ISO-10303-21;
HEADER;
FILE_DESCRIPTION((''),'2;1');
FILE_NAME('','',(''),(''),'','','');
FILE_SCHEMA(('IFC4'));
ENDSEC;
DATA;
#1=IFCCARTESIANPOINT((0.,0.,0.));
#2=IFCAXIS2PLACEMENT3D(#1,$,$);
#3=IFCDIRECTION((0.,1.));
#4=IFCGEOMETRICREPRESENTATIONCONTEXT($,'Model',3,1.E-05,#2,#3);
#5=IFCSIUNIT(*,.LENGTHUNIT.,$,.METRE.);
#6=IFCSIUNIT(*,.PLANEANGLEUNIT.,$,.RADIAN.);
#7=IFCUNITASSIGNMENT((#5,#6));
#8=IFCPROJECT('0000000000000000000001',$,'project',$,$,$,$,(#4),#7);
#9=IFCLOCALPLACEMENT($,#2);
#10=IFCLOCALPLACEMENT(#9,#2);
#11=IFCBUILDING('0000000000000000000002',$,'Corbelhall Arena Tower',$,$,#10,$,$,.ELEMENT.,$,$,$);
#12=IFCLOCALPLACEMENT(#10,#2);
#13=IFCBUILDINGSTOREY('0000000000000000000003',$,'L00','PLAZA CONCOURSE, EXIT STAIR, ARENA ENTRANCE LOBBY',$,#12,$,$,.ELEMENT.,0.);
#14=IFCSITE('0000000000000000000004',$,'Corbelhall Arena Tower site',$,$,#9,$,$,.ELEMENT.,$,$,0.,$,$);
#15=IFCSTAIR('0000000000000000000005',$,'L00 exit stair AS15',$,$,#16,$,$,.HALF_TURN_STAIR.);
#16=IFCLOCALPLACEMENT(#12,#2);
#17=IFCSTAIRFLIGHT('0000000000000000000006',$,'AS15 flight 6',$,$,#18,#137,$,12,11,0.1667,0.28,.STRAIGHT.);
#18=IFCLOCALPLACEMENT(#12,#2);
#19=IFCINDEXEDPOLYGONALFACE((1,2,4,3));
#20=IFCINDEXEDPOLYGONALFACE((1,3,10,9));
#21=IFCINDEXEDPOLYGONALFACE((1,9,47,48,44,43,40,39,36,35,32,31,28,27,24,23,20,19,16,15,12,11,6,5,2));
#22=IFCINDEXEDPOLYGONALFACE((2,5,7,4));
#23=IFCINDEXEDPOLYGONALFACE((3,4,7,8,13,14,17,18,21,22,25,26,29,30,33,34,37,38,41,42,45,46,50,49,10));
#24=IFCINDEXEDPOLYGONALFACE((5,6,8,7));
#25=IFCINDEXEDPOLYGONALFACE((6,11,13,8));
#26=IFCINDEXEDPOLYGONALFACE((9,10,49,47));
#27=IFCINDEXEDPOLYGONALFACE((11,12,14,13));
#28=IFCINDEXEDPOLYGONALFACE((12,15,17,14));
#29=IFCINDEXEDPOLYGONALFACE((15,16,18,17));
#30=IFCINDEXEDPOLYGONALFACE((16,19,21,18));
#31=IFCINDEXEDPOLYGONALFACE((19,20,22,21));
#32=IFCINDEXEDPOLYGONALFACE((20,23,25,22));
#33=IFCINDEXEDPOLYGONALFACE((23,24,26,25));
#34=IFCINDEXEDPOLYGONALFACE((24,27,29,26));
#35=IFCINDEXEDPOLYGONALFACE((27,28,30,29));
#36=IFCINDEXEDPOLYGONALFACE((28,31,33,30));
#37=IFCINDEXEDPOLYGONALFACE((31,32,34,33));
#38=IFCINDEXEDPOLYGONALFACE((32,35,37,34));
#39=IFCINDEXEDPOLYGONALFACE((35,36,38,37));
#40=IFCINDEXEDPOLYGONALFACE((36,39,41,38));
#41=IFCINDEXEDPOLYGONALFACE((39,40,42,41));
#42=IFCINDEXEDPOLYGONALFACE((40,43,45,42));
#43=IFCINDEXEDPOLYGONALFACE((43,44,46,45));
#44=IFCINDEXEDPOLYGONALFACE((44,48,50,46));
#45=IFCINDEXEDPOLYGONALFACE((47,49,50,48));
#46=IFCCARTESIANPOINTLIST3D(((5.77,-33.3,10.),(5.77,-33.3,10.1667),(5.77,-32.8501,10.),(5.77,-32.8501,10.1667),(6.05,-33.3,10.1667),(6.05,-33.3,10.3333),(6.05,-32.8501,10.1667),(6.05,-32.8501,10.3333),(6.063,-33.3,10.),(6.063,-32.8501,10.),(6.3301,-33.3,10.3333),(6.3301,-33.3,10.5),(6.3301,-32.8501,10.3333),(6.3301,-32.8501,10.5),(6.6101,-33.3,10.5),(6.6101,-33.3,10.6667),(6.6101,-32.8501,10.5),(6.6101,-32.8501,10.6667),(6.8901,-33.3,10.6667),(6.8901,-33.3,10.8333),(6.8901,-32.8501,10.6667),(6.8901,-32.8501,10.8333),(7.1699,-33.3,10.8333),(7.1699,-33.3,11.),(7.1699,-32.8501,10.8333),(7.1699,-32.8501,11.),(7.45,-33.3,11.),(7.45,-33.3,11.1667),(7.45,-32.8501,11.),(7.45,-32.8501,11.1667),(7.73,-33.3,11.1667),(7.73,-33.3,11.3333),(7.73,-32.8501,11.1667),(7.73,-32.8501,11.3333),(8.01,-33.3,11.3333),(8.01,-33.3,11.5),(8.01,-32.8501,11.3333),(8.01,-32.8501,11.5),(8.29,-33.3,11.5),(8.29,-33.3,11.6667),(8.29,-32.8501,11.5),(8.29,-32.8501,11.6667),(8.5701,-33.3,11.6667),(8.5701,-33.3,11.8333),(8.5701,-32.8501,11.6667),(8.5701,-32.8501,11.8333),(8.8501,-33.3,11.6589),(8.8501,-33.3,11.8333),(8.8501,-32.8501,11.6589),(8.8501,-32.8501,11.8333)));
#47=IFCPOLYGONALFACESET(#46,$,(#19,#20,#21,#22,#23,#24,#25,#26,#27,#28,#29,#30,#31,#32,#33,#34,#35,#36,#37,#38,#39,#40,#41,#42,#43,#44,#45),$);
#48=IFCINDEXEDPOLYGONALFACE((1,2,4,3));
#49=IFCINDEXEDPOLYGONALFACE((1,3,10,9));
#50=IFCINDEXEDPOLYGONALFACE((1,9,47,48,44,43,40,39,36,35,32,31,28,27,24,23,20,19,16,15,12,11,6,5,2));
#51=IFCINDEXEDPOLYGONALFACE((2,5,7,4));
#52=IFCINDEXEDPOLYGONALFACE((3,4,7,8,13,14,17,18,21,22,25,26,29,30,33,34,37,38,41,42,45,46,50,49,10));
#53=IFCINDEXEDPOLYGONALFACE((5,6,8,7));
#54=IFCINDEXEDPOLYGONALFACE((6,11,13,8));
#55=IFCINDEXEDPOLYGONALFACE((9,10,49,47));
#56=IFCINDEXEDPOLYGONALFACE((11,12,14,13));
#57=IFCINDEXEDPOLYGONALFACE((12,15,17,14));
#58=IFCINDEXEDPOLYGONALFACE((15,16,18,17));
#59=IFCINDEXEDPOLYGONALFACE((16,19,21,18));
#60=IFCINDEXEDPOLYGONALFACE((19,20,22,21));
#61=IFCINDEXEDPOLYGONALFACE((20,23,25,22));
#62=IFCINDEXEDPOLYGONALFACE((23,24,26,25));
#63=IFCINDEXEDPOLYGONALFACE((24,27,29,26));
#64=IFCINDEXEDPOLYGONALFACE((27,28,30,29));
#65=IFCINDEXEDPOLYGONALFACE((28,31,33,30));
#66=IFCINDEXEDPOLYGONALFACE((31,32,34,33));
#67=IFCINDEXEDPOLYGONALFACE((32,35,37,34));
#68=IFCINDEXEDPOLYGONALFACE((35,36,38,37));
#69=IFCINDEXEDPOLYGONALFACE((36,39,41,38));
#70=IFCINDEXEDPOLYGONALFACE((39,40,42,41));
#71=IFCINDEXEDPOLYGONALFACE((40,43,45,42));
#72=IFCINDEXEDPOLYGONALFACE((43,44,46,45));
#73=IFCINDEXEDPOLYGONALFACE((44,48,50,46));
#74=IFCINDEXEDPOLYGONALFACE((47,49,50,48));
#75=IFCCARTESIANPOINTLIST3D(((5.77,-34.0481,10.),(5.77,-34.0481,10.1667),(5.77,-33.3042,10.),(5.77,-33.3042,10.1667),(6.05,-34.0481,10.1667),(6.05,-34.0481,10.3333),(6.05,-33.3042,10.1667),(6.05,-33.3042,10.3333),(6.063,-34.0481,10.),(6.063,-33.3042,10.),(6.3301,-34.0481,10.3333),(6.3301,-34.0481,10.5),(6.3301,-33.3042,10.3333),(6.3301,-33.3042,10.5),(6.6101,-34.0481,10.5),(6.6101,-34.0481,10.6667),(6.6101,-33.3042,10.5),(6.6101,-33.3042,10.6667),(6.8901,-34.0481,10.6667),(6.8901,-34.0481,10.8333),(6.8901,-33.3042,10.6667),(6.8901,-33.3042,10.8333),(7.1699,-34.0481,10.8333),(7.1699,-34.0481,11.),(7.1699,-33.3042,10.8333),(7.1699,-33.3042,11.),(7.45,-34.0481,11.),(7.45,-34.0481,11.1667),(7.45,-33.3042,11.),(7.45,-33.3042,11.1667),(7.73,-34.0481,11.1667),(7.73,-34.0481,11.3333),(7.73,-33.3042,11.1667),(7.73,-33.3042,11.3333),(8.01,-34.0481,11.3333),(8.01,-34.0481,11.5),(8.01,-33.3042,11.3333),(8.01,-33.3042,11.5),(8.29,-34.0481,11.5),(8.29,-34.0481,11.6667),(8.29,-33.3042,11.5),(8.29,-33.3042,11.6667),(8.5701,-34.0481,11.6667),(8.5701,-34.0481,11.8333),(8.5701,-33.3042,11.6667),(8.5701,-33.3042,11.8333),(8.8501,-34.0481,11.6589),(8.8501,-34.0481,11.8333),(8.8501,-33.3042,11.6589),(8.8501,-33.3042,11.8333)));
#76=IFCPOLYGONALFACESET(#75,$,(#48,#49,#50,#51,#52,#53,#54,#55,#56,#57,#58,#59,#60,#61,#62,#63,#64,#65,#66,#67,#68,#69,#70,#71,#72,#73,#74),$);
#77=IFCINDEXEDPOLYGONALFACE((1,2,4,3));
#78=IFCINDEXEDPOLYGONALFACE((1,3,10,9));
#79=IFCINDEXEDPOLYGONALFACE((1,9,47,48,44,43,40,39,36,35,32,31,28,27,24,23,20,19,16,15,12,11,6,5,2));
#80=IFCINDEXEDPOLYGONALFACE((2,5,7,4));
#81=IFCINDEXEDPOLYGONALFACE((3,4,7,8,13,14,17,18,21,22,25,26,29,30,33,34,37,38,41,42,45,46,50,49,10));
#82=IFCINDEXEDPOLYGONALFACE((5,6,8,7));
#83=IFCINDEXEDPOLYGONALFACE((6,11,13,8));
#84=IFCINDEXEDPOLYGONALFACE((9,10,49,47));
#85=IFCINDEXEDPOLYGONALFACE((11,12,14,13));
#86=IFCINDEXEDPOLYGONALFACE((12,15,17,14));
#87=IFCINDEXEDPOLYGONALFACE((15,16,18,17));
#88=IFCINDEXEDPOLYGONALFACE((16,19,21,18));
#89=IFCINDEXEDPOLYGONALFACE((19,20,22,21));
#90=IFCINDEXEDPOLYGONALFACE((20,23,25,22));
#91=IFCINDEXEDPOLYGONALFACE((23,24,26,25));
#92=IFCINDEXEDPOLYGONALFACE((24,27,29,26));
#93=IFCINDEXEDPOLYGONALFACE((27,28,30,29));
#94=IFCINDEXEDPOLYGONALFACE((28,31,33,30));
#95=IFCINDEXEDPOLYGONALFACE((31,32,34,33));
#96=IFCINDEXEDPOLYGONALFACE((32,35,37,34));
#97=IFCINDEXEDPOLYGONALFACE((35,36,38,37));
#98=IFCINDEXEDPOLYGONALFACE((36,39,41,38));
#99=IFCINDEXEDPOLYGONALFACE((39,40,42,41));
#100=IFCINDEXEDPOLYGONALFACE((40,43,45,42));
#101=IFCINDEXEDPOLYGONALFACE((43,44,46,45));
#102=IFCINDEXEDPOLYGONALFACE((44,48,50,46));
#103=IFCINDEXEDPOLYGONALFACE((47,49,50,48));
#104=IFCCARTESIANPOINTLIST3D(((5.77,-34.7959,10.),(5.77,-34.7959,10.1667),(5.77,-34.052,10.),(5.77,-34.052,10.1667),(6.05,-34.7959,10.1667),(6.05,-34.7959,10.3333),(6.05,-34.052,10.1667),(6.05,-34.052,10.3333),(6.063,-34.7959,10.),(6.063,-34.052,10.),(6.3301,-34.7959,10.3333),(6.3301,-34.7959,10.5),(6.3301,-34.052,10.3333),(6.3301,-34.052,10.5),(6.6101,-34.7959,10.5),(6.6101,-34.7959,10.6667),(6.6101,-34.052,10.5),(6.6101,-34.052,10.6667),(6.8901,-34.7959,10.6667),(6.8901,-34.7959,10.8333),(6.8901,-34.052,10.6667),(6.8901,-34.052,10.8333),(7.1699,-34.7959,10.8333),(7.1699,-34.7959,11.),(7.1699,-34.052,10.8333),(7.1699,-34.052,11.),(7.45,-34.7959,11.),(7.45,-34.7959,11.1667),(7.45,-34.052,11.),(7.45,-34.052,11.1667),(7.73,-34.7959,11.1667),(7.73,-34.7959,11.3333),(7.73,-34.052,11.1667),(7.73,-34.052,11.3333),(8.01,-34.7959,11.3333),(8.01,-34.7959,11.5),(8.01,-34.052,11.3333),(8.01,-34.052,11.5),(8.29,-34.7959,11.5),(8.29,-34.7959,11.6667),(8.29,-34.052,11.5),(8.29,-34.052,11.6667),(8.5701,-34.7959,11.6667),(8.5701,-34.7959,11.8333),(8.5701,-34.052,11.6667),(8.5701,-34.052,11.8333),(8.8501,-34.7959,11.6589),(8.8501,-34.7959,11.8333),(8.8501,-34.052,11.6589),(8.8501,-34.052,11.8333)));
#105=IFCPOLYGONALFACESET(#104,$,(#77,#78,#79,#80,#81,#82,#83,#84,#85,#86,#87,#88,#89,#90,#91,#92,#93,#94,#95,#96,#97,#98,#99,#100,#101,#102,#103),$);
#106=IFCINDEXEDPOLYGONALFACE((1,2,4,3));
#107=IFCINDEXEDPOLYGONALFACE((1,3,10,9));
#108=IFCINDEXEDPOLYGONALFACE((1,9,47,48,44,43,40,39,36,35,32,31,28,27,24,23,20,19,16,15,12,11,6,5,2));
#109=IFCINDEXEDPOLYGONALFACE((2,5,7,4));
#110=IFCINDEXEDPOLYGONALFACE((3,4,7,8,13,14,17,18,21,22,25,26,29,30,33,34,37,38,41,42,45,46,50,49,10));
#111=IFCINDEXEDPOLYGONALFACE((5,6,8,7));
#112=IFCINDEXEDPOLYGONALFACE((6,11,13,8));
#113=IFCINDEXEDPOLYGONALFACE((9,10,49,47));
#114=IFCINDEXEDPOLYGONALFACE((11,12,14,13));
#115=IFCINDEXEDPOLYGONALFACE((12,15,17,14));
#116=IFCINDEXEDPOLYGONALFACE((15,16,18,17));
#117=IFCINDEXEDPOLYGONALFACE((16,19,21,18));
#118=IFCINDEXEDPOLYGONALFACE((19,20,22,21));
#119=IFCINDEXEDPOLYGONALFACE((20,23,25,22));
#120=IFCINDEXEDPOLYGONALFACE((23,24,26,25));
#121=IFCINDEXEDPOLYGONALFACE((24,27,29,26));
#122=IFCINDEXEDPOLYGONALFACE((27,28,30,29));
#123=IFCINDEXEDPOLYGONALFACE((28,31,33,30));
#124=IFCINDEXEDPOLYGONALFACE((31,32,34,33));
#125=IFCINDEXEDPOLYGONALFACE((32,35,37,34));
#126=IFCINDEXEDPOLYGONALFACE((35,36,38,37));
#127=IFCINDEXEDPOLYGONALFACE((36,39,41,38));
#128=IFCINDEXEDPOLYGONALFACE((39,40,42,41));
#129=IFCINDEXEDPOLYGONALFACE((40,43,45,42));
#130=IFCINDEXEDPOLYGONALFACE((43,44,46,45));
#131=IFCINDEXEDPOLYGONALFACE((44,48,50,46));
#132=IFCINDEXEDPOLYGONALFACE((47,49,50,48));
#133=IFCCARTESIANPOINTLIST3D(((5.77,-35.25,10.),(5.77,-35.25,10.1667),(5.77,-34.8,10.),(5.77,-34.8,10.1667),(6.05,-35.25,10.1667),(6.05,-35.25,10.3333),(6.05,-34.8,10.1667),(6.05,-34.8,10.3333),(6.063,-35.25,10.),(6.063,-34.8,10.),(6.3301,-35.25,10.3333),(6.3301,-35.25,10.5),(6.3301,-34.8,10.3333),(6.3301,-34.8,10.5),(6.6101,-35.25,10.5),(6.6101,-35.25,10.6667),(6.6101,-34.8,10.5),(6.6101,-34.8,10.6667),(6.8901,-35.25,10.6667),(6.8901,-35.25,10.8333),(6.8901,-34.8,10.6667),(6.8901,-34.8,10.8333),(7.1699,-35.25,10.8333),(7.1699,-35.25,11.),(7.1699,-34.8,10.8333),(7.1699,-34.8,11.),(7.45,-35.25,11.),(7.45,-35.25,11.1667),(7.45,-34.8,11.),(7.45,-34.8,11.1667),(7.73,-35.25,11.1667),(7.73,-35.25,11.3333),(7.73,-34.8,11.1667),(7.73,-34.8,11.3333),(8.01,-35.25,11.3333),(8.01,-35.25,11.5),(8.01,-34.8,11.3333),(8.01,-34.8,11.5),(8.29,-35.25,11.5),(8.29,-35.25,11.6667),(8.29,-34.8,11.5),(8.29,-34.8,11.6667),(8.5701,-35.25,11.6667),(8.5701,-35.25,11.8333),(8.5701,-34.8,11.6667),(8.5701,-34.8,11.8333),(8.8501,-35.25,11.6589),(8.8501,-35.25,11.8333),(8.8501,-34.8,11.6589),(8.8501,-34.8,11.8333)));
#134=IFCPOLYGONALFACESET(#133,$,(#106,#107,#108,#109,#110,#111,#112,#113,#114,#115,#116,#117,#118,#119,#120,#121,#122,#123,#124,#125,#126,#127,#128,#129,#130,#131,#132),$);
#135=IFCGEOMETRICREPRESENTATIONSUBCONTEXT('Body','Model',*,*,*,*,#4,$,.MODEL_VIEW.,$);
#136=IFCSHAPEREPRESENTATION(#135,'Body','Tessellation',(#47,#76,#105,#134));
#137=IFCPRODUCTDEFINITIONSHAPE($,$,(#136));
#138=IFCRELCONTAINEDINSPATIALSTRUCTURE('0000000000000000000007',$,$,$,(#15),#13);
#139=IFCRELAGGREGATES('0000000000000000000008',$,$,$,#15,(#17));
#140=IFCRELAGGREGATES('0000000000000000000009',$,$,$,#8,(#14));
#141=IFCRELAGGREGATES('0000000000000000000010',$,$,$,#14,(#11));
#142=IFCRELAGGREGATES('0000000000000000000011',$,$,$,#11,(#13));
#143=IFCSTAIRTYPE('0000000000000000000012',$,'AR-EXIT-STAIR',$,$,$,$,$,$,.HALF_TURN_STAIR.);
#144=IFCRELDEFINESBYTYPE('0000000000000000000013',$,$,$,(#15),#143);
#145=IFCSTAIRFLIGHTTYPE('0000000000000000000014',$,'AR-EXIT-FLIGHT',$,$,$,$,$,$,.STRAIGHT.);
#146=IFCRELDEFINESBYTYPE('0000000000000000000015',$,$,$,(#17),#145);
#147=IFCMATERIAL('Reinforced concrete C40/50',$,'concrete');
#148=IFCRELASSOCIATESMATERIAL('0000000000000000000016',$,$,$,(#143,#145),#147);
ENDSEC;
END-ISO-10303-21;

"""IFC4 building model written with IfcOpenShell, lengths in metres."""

from ifc_helpers import new_model, si_unit, direction, frame, origin, place, context, subcontext, project, spatial, polyline, outline, extrude, material, type_object, element, aggregate, save


model = new_model("IFC4")

# Units and contexts
model_context = context("Model", 3, precision=1e-05, world=origin(), true_north=direction((0.0, 1.0)))
body_context = subcontext(model_context, "Body", "Model", "MODEL_VIEW")
ifc_project = project(units=[si_unit("LENGTHUNIT", "METRE"), si_unit("PLANEANGLEUNIT", "RADIAN")], contexts=[model_context])

# Site, building, storey
site_placement = place(None, origin())
site = spatial("IfcSite", under=ifc_project, at=site_placement, Name="Corbelhall Arena Tower site", CompositionType="ELEMENT", RefElevation=0.0)
building_placement = place(site_placement, origin())
building = spatial("IfcBuilding", under=site, at=building_placement, Name="Corbelhall Arena Tower", CompositionType="ELEMENT")
storey_placement = place(building_placement, origin())
storey = spatial("IfcBuildingStorey", under=building, at=storey_placement, Name="L00", Description="PLAZA CONCOURSE, EXIT STAIR, ARENA ENTRANCE LOBBY", CompositionType="ELEMENT", Elevation=0.0)

# Shared definitions
ifc_material_1 = material(Name="Reinforced concrete C40/50", Category="concrete")

# Stair, stair flight
stair_type = type_object("IfcStairType", Name="AR-EXIT-STAIR", PredefinedType="HALF_TURN_STAIR", material=ifc_material_1)
stair_1_placement = place(storey_placement, origin())
stair_1 = element("IfcStair", 1, at=stair_1_placement, inside=storey, type_object=stair_type, Name="L00 exit stair AS15", PredefinedType="HALF_TURN_STAIR")
stair_flight_type = type_object("IfcStairFlightType", Name="AR-EXIT-FLIGHT", PredefinedType="STRAIGHT", material=ifc_material_1)
stair_flight_1_placement = place(storey_placement, frame((5.77, -34.05, 10.0), z_axis=(0.0, 0.0, 1.0), x_axis=(1.0, 0.0, 0.0)))
stair_flight_1 = element("IfcStairFlight", 2, at=stair_flight_1_placement, type_object=stair_flight_type, Name="AS15 flight 6", NumberOfRisers=12, NumberOfTreads=11, PredefinedType="STRAIGHT", RiserHeight=0.1667, TreadLength=0.28, context=body_context, shape_type="SweptSolid", body=[
    extrude(outline(polyline([(0.0, 0.0), (0.0, 0.1667), (0.28, 0.1667), (0.28, 0.3333), (0.5601, 0.3333), (0.5601, 0.5), (0.8401, 0.5), (0.8401, 0.6667), (1.1201, 0.6667), (1.1201, 0.8333), (1.3999, 0.8333), (1.3999, 1.0), (1.6799, 1.0), (1.6799, 1.1667), (1.96, 1.1667), (1.96, 1.3333), (2.24, 1.3333), (2.24, 1.5), (2.52, 1.5), (2.52, 1.6667), (2.8, 1.6667), (2.8, 1.8333), (3.0801, 1.8333), (3.0801, 2.0), (3.0801, 1.6589), (0.293, 0.0), (0.0, 0.0)])), frame((0.0, 1.2, 0.0), z_axis=(0.0, -1.0, 0.0), x_axis=(1.0, 0.0, 0.0)), (0.0, 0.0, 1.0), 0.45),
    extrude(outline(polyline([(0.0, 0.0), (0.0, 0.1667), (0.28, 0.1667), (0.28, 0.3333), (0.5601, 0.3333), (0.5601, 0.5), (0.8401, 0.5), (0.8401, 0.6667), (1.1201, 0.6667), (1.1201, 0.8333), (1.3999, 0.8333), (1.3999, 1.0), (1.6799, 1.0), (1.6799, 1.1667), (1.96, 1.1667), (1.96, 1.3333), (2.24, 1.3333), (2.24, 1.5), (2.52, 1.5), (2.52, 1.6667), (2.8, 1.6667), (2.8, 1.8333), (3.0801, 1.8333), (3.0801, 2.0), (3.0801, 1.6589), (0.293, 0.0), (0.0, 0.0)])), frame((0.0, 0.7458, 0.0), z_axis=(0.0, -1.0, 0.0), x_axis=(1.0, 0.0, 0.0)), (0.0, 0.0, 1.0), 0.7439),
    extrude(outline(polyline([(0.0, 0.0), (0.0, 0.1667), (0.28, 0.1667), (0.28, 0.3333), (0.5601, 0.3333), (0.5601, 0.5), (0.8401, 0.5), (0.8401, 0.6667), (1.1201, 0.6667), (1.1201, 0.8333), (1.3999, 0.8333), (1.3999, 1.0), (1.6799, 1.0), (1.6799, 1.1667), (1.96, 1.1667), (1.96, 1.3333), (2.24, 1.3333), (2.24, 1.5), (2.52, 1.5), (2.52, 1.6667), (2.8, 1.6667), (2.8, 1.8333), (3.0801, 1.8333), (3.0801, 2.0), (3.0801, 1.6589), (0.293, 0.0), (0.0, 0.0)])), frame((0.0, -0.002, 0.0), z_axis=(0.0, -1.0, 0.0), x_axis=(1.0, 0.0, 0.0)), (0.0, 0.0, 1.0), 0.7439),
    extrude(outline(polyline([(0.0, 0.0), (0.0, 0.1667), (0.28, 0.1667), (0.28, 0.3333), (0.5601, 0.3333), (0.5601, 0.5), (0.8401, 0.5), (0.8401, 0.6667), (1.1201, 0.6667), (1.1201, 0.8333), (1.3999, 0.8333), (1.3999, 1.0), (1.6799, 1.0), (1.6799, 1.1667), (1.96, 1.1667), (1.96, 1.3333), (2.24, 1.3333), (2.24, 1.5), (2.52, 1.5), (2.52, 1.6667), (2.8, 1.6667), (2.8, 1.8333), (3.0801, 1.8333), (3.0801, 2.0), (3.0801, 1.6589), (0.293, 0.0), (0.0, 0.0)])), frame((0.0, -0.75, 0.0), z_axis=(0.0, -1.0, 0.0), x_axis=(1.0, 0.0, 0.0)), (0.0, 0.0, 1.0), 0.45),
])
aggregate(stair_1, [stair_flight_1])

save(model, "model.ifc")
